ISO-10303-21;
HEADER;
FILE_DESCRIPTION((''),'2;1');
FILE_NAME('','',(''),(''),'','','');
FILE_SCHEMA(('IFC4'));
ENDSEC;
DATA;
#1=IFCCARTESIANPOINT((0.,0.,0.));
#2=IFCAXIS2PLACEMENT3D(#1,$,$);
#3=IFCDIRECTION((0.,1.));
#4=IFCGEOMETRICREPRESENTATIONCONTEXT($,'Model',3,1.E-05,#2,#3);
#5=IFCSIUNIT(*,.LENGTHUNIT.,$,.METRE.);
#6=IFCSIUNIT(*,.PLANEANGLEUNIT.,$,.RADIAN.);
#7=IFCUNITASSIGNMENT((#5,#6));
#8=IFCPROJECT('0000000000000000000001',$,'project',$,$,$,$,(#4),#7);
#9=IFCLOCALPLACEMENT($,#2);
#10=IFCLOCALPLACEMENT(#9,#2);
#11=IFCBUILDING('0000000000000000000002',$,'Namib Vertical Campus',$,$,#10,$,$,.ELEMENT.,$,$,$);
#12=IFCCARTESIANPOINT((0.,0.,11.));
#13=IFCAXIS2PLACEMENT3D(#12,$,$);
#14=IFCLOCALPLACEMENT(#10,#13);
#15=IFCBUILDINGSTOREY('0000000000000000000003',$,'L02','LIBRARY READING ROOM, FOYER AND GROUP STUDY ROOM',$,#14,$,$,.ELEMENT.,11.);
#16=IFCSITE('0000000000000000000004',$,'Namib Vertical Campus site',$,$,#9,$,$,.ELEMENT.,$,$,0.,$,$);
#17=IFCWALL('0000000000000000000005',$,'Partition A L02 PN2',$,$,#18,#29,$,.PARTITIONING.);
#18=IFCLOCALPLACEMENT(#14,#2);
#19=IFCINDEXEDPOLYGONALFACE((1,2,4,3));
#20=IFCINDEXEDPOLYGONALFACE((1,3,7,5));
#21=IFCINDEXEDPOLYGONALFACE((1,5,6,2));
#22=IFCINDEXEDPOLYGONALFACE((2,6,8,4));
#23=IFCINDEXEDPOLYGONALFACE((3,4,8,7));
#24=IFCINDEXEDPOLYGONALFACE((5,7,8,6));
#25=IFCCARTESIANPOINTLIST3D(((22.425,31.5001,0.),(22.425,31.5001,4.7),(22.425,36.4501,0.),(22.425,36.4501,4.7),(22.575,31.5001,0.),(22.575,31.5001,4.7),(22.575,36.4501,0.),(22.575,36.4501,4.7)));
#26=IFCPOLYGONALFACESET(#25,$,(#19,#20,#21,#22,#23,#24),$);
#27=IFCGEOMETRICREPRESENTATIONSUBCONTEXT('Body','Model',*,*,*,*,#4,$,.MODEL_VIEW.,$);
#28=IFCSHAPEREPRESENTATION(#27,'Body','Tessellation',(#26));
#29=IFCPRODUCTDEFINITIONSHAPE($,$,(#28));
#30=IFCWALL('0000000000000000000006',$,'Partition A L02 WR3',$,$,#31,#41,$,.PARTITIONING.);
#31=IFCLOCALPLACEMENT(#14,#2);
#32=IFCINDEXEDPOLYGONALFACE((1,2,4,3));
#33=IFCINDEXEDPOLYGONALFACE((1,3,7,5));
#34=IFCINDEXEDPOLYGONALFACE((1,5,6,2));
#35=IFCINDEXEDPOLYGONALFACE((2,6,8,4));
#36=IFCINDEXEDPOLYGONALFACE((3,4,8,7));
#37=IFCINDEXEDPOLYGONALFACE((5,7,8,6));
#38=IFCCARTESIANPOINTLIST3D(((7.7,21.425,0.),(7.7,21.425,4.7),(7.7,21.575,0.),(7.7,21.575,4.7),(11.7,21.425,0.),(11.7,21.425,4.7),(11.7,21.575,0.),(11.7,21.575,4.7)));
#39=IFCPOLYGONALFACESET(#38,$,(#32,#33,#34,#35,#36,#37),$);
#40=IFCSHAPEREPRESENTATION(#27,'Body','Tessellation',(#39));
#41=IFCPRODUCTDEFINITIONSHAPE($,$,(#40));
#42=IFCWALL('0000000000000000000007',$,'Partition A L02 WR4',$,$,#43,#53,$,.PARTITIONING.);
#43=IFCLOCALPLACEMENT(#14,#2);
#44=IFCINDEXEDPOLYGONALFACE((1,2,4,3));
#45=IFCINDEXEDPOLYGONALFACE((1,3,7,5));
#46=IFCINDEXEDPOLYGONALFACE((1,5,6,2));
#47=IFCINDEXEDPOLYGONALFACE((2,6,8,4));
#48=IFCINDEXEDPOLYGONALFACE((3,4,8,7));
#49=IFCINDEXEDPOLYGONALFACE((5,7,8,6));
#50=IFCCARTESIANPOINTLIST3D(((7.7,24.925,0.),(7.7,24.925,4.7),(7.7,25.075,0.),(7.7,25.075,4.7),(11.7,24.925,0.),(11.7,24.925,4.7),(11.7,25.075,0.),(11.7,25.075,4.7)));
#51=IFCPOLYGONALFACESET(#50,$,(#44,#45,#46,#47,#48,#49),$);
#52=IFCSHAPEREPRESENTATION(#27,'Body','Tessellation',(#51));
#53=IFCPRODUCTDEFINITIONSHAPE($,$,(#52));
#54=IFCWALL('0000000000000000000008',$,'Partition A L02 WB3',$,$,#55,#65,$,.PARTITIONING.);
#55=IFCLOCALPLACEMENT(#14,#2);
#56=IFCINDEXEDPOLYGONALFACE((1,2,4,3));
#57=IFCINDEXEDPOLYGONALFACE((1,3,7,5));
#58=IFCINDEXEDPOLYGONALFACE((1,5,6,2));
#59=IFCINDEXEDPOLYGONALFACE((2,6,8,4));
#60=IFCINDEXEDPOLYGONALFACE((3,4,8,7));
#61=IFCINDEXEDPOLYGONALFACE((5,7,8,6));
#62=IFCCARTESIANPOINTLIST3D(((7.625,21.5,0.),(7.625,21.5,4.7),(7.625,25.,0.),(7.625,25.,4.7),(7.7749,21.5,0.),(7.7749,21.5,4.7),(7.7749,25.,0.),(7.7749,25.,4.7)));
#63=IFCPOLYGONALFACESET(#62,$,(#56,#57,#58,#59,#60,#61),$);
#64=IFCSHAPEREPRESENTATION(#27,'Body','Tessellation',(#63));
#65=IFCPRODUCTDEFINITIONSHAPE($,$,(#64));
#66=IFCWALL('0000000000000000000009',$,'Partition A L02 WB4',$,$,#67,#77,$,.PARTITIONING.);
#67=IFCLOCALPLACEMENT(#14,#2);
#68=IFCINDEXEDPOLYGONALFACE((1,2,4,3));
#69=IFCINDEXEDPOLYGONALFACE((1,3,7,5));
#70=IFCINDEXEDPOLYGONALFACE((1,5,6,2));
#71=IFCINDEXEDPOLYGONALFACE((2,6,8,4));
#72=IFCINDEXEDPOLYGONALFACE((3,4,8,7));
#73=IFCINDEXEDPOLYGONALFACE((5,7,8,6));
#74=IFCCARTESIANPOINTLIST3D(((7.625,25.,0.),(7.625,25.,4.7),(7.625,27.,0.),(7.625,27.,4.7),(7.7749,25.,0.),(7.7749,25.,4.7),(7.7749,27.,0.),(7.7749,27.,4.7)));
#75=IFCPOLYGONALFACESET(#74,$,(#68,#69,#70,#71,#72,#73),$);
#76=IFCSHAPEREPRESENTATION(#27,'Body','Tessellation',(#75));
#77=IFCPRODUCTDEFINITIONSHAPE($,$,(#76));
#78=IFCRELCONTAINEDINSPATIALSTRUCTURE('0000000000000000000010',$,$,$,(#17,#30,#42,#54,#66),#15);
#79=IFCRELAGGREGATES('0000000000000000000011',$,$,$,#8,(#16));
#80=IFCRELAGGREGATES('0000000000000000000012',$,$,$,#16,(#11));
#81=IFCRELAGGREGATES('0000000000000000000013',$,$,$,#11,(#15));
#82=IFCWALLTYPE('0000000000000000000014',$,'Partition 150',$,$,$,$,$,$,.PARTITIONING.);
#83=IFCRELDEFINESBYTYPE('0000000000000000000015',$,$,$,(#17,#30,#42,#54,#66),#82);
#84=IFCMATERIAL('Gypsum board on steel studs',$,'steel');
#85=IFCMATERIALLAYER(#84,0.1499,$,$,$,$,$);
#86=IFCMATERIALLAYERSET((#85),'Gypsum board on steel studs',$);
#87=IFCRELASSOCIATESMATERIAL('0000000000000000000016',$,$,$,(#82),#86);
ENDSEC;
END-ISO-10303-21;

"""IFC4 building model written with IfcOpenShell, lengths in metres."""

from ifc_helpers import new_model, si_unit, direction, frame, frame_2d, origin, place, context, subcontext, project, spatial, rectangle, extrude, material, layer, layer_set, type_object, element, save


model = new_model("IFC4")

# Units and contexts
model_context = context("Model", 3, precision=1e-05, world=origin(), true_north=direction((0.0, 1.0)))
body_context = subcontext(model_context, "Body", "Model", "MODEL_VIEW")
ifc_project = project(units=[si_unit("LENGTHUNIT", "METRE"), si_unit("PLANEANGLEUNIT", "RADIAN")], contexts=[model_context])

# Site, building, storey
site_placement = place(None, origin())
site = spatial("IfcSite", under=ifc_project, at=site_placement, Name="Namib Vertical Campus site", CompositionType="ELEMENT", RefElevation=0.0)
building_placement = place(site_placement, origin())
building = spatial("IfcBuilding", under=site, at=building_placement, Name="Namib Vertical Campus", CompositionType="ELEMENT")
storey_placement = place(building_placement, frame((0.0, 0.0, 11.0)))
storey = spatial("IfcBuildingStorey", under=building, at=storey_placement, Name="L02", Description="LIBRARY READING ROOM, FOYER AND GROUP STUDY ROOM", CompositionType="ELEMENT", Elevation=11.0)

# Walls
ifc_material_1 = material(Name="Gypsum board on steel studs", Category="steel")
ifc_layer_1 = layer(ifc_material_1, 0.1499)
ifc_layer_set_1 = layer_set([ifc_layer_1], Name="Gypsum board on steel studs")
wall_type_1 = type_object("IfcWallType", Name="Partition 150", PredefinedType="PARTITIONING", material=ifc_layer_set_1)
wall_1_placement = place(storey_placement, frame((22.5, 31.5, 0.0), z_axis=(0.0, 0.0, 1.0), x_axis=(0.0, 1.0, 0.0)))
element("IfcWall", 1, at=wall_1_placement, inside=storey, type_object=wall_type_1, Name="Partition A L02 PN2", PredefinedType="PARTITIONING", context=body_context, shape_type="SweptSolid", body=[
    extrude(rectangle(XDim=4.95, YDim=0.1499, at=frame_2d((2.4751, 0.0))), origin(), (0.0, 0.0, 1.0), 4.7),
])
for number, where, z_axis, x_axis, name in (
    (2, (11.7, 21.5, 0.0), (0.0, 0.0, 1.0), (-1.0, 0.0, 0.0), "Partition A L02 WR3"),
    (3, (11.7, 25.0, 0.0), (0.0, 0.0, 1.0), (-1.0, 0.0, 0.0), "Partition A L02 WR4"),
):
    element("IfcWall", number, at=place(storey_placement, frame(where, z_axis=z_axis, x_axis=x_axis)), inside=storey, type_object=wall_type_1, Name=name, PredefinedType="PARTITIONING", context=body_context, shape_type="SweptSolid", body=[
        extrude(rectangle(XDim=4.0, YDim=0.1499, at=frame_2d((2.0, 0.0))), origin(), (0.0, 0.0, 1.0), 4.7),
    ])
wall_2_placement = place(storey_placement, frame((7.7, 21.5, 0.0), z_axis=(0.0, 0.0, 1.0), x_axis=(0.0, 1.0, 0.0)))
element("IfcWall", 4, at=wall_2_placement, inside=storey, type_object=wall_type_1, Name="Partition A L02 WB3", PredefinedType="PARTITIONING", context=body_context, shape_type="SweptSolid", body=[
    extrude(rectangle(XDim=3.5, YDim=0.1499, at=frame_2d((1.75, 0.0))), origin(), (0.0, 0.0, 1.0), 4.7),
])
wall_3_placement = place(storey_placement, frame((7.7, 25.0, 0.0), z_axis=(0.0, 0.0, 1.0), x_axis=(0.0, 1.0, 0.0)))
element("IfcWall", 5, at=wall_3_placement, inside=storey, type_object=wall_type_1, Name="Partition A L02 WB4", PredefinedType="PARTITIONING", context=body_context, shape_type="SweptSolid", body=[
    extrude(rectangle(XDim=2.0, YDim=0.1499, at=frame_2d((1.0, 0.0))), origin(), (0.0, 0.0, 1.0), 4.7),
])

save(model, "model.ifc")
